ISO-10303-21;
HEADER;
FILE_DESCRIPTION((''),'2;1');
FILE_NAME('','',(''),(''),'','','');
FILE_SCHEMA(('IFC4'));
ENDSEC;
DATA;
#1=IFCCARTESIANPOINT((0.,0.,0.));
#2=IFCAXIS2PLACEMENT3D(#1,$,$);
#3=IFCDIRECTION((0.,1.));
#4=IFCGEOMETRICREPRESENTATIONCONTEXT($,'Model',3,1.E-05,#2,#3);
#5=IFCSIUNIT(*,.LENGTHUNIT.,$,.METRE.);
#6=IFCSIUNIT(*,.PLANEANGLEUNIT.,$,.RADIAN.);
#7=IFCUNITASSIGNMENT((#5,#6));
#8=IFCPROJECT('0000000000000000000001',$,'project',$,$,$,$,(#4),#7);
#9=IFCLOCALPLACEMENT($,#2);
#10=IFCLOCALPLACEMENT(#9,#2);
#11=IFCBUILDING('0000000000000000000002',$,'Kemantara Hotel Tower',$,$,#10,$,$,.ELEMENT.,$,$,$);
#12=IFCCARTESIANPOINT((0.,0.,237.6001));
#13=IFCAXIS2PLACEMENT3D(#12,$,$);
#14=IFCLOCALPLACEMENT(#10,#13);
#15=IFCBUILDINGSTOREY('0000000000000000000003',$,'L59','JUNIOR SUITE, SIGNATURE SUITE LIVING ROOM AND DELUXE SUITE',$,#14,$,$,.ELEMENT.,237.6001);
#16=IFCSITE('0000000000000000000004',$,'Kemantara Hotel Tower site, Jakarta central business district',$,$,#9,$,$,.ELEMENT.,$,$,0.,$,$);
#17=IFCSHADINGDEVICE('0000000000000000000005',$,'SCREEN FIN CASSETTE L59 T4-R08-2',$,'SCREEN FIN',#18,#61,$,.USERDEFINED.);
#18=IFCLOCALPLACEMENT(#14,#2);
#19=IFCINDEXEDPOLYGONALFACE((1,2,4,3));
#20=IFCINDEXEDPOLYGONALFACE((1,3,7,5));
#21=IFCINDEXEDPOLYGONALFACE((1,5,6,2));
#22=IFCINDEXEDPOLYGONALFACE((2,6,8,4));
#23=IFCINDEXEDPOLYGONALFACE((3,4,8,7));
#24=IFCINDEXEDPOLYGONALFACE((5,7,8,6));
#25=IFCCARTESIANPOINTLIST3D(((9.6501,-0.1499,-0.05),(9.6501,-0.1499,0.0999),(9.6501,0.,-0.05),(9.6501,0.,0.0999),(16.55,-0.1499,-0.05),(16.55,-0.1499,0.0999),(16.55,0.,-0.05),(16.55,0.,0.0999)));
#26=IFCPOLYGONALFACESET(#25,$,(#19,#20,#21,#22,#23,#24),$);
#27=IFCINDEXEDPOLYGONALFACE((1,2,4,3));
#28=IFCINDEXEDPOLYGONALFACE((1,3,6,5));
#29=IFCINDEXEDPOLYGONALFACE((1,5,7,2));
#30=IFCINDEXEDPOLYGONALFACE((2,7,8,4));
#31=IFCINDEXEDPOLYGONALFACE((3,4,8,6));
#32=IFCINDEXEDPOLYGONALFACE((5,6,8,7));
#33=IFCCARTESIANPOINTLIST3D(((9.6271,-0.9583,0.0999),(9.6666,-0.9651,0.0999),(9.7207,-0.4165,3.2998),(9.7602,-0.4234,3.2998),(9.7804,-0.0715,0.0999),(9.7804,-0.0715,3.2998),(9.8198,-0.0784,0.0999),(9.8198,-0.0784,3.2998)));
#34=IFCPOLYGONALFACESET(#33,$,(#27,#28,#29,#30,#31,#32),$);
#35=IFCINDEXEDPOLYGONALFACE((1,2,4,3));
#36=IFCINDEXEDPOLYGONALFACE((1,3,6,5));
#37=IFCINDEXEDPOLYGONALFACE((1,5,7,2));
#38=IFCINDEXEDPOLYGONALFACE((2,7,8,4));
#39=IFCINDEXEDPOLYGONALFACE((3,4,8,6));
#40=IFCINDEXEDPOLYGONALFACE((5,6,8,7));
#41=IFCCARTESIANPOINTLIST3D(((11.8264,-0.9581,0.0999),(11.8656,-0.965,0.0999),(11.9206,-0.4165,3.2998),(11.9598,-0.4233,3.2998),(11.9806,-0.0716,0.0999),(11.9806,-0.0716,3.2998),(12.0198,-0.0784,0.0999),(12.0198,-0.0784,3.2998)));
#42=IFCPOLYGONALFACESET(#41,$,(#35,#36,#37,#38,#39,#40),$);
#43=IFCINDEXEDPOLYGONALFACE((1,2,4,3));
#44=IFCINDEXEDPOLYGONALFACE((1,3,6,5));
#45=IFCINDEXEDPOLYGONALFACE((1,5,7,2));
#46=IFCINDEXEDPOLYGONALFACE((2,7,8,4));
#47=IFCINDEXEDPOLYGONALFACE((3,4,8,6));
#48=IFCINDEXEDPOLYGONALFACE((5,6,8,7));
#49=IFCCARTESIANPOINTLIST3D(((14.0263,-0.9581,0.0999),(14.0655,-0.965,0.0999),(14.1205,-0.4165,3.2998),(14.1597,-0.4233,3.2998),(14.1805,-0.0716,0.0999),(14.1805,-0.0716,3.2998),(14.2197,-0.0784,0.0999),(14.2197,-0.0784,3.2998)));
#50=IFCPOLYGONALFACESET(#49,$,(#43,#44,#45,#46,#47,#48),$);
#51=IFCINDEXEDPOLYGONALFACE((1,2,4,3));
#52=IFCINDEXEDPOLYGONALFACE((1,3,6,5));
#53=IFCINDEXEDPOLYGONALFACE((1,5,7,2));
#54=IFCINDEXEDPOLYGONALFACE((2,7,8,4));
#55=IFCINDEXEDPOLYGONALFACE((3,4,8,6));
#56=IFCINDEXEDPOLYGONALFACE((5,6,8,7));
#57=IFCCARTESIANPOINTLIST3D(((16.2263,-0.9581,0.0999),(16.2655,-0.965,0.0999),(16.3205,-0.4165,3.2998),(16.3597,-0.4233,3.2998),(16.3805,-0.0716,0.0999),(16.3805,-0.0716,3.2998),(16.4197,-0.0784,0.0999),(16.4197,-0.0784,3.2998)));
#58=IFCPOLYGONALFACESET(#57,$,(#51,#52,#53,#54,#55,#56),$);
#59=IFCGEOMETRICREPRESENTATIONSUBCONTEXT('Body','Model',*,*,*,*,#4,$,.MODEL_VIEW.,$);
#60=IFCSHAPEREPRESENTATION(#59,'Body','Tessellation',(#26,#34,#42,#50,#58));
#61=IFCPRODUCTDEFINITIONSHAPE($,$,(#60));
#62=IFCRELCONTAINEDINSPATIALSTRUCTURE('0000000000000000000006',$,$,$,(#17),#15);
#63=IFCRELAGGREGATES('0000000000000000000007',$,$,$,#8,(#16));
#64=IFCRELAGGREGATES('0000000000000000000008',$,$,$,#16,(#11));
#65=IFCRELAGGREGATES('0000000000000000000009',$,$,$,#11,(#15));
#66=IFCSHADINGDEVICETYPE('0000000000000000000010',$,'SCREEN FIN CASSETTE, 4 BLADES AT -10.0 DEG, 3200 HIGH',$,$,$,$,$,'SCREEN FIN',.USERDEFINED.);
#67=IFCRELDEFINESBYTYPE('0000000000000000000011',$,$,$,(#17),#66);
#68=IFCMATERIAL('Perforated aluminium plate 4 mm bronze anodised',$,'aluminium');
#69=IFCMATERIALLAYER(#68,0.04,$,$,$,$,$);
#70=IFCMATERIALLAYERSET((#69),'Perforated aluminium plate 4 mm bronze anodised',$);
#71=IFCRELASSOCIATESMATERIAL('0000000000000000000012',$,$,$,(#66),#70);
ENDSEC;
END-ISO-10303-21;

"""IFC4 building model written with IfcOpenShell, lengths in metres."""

from ifc_helpers import new_model, si_unit, direction, frame, origin, origin_2d, place, context, subcontext, project, spatial, polyline, rectangle, outline, extrude, source, transform, mapped, material, layer, layer_set, type_object, element, save


model = new_model("IFC4")

# Units and contexts
model_context = context("Model", 3, precision=1e-05, world=origin(), true_north=direction((0.0, 1.0)))
body_context = subcontext(model_context, "Body", "Model", "MODEL_VIEW")
ifc_project = project(units=[si_unit("LENGTHUNIT", "METRE"), si_unit("PLANEANGLEUNIT", "RADIAN")], contexts=[model_context])

# Site, building, storey
site_placement = place(None, origin())
site = spatial("IfcSite", under=ifc_project, at=site_placement, Name="Kemantara Hotel Tower site, Jakarta central business district", CompositionType="ELEMENT", RefElevation=0.0)
building_placement = place(site_placement, origin())
building = spatial("IfcBuilding", under=site, at=building_placement, Name="Kemantara Hotel Tower", CompositionType="ELEMENT")
storey_placement = place(building_placement, frame((0.0, 0.0, 237.6001)))
storey = spatial("IfcBuildingStorey", under=building, at=storey_placement, Name="L59", Description="JUNIOR SUITE, SIGNATURE SUITE LIVING ROOM AND DELUXE SUITE", CompositionType="ELEMENT", Elevation=237.6001)

# Shading device
ifc_material_1 = material(Name="Perforated aluminium plate 4 mm bronze anodised", Category="aluminium")
ifc_layer_1 = layer(ifc_material_1, 0.04)
ifc_layer_set_1 = layer_set([ifc_layer_1], Name="Perforated aluminium plate 4 mm bronze anodised")
shading_device_type_1 = type_object("IfcShadingDeviceType", Name="SCREEN FIN CASSETTE, 4 BLADES AT -10.0 DEG, 3200 HIGH", ElementType="SCREEN FIN", PredefinedType="USERDEFINED", material=ifc_layer_set_1)
shared_shape_1 = source(origin(), body_context, "Body", "SweptSolid", [
    extrude(rectangle(XDim=6.8999, YDim=0.1499, at=origin_2d()), frame((3.3, -0.075, -0.1499), z_axis=(0.0, 0.0, 1.0), x_axis=(1.0, 0.0, 0.0)), (0.0, 0.0, 1.0), 0.1499),
    extrude(outline(polyline([(0.0, 0.0), (0.8999, 0.0), (0.3501, 3.2), (0.0, 3.2), (0.0, 0.0)])), frame((0.0198, -0.0784, 0.0), z_axis=(-0.98539, 0.170314, 0.0), x_axis=(-0.170314, -0.98539, 0.0)), (0.0, 0.0, 1.0), 0.04),
    extrude(outline(polyline([(0.0, 0.0), (0.8999, 0.0), (0.3501, 3.2), (0.0, 3.2), (0.0, 0.0)])), frame((2.2197, -0.0784, 0.0), z_axis=(-0.985212, 0.171341, 0.0), x_axis=(-0.171341, -0.985212, 0.0)), (0.0, 0.0, 1.0), 0.0398),
    extrude(outline(polyline([(0.0, 0.0), (0.8999, 0.0), (0.3501, 3.2), (0.0, 3.2), (0.0, 0.0)])), frame((4.4197, -0.0784, 0.0), z_axis=(-0.985212, 0.171341, 0.0), x_axis=(-0.171341, -0.985212, 0.0)), (0.0, 0.0, 1.0), 0.0398),
    extrude(outline(polyline([(0.0, 0.0), (0.8999, 0.0), (0.3501, 3.2), (0.0, 3.2), (0.0, 0.0)])), frame((6.6196, -0.0784, 0.0), z_axis=(-0.985212, 0.171341, 0.0), x_axis=(-0.171341, -0.985212, 0.0)), (0.0, 0.0, 1.0), 0.0398),
])
shading_device_1_placement = place(storey_placement, frame((9.8, 0.0, 0.0999), z_axis=(0.0, 0.0, 1.0), x_axis=(1.0, 0.0, 0.0)))
element("IfcShadingDevice", 1, at=shading_device_1_placement, inside=storey, type_object=shading_device_type_1, Name="SCREEN FIN CASSETTE L59 T4-R08-2", ObjectType="SCREEN FIN", PredefinedType="USERDEFINED", context=body_context, shape_type="MappedRepresentation", body=[
    mapped(shared_shape_1, transform((0.0, 0.0, 0.0))),
])

save(model, "model.ifc")
